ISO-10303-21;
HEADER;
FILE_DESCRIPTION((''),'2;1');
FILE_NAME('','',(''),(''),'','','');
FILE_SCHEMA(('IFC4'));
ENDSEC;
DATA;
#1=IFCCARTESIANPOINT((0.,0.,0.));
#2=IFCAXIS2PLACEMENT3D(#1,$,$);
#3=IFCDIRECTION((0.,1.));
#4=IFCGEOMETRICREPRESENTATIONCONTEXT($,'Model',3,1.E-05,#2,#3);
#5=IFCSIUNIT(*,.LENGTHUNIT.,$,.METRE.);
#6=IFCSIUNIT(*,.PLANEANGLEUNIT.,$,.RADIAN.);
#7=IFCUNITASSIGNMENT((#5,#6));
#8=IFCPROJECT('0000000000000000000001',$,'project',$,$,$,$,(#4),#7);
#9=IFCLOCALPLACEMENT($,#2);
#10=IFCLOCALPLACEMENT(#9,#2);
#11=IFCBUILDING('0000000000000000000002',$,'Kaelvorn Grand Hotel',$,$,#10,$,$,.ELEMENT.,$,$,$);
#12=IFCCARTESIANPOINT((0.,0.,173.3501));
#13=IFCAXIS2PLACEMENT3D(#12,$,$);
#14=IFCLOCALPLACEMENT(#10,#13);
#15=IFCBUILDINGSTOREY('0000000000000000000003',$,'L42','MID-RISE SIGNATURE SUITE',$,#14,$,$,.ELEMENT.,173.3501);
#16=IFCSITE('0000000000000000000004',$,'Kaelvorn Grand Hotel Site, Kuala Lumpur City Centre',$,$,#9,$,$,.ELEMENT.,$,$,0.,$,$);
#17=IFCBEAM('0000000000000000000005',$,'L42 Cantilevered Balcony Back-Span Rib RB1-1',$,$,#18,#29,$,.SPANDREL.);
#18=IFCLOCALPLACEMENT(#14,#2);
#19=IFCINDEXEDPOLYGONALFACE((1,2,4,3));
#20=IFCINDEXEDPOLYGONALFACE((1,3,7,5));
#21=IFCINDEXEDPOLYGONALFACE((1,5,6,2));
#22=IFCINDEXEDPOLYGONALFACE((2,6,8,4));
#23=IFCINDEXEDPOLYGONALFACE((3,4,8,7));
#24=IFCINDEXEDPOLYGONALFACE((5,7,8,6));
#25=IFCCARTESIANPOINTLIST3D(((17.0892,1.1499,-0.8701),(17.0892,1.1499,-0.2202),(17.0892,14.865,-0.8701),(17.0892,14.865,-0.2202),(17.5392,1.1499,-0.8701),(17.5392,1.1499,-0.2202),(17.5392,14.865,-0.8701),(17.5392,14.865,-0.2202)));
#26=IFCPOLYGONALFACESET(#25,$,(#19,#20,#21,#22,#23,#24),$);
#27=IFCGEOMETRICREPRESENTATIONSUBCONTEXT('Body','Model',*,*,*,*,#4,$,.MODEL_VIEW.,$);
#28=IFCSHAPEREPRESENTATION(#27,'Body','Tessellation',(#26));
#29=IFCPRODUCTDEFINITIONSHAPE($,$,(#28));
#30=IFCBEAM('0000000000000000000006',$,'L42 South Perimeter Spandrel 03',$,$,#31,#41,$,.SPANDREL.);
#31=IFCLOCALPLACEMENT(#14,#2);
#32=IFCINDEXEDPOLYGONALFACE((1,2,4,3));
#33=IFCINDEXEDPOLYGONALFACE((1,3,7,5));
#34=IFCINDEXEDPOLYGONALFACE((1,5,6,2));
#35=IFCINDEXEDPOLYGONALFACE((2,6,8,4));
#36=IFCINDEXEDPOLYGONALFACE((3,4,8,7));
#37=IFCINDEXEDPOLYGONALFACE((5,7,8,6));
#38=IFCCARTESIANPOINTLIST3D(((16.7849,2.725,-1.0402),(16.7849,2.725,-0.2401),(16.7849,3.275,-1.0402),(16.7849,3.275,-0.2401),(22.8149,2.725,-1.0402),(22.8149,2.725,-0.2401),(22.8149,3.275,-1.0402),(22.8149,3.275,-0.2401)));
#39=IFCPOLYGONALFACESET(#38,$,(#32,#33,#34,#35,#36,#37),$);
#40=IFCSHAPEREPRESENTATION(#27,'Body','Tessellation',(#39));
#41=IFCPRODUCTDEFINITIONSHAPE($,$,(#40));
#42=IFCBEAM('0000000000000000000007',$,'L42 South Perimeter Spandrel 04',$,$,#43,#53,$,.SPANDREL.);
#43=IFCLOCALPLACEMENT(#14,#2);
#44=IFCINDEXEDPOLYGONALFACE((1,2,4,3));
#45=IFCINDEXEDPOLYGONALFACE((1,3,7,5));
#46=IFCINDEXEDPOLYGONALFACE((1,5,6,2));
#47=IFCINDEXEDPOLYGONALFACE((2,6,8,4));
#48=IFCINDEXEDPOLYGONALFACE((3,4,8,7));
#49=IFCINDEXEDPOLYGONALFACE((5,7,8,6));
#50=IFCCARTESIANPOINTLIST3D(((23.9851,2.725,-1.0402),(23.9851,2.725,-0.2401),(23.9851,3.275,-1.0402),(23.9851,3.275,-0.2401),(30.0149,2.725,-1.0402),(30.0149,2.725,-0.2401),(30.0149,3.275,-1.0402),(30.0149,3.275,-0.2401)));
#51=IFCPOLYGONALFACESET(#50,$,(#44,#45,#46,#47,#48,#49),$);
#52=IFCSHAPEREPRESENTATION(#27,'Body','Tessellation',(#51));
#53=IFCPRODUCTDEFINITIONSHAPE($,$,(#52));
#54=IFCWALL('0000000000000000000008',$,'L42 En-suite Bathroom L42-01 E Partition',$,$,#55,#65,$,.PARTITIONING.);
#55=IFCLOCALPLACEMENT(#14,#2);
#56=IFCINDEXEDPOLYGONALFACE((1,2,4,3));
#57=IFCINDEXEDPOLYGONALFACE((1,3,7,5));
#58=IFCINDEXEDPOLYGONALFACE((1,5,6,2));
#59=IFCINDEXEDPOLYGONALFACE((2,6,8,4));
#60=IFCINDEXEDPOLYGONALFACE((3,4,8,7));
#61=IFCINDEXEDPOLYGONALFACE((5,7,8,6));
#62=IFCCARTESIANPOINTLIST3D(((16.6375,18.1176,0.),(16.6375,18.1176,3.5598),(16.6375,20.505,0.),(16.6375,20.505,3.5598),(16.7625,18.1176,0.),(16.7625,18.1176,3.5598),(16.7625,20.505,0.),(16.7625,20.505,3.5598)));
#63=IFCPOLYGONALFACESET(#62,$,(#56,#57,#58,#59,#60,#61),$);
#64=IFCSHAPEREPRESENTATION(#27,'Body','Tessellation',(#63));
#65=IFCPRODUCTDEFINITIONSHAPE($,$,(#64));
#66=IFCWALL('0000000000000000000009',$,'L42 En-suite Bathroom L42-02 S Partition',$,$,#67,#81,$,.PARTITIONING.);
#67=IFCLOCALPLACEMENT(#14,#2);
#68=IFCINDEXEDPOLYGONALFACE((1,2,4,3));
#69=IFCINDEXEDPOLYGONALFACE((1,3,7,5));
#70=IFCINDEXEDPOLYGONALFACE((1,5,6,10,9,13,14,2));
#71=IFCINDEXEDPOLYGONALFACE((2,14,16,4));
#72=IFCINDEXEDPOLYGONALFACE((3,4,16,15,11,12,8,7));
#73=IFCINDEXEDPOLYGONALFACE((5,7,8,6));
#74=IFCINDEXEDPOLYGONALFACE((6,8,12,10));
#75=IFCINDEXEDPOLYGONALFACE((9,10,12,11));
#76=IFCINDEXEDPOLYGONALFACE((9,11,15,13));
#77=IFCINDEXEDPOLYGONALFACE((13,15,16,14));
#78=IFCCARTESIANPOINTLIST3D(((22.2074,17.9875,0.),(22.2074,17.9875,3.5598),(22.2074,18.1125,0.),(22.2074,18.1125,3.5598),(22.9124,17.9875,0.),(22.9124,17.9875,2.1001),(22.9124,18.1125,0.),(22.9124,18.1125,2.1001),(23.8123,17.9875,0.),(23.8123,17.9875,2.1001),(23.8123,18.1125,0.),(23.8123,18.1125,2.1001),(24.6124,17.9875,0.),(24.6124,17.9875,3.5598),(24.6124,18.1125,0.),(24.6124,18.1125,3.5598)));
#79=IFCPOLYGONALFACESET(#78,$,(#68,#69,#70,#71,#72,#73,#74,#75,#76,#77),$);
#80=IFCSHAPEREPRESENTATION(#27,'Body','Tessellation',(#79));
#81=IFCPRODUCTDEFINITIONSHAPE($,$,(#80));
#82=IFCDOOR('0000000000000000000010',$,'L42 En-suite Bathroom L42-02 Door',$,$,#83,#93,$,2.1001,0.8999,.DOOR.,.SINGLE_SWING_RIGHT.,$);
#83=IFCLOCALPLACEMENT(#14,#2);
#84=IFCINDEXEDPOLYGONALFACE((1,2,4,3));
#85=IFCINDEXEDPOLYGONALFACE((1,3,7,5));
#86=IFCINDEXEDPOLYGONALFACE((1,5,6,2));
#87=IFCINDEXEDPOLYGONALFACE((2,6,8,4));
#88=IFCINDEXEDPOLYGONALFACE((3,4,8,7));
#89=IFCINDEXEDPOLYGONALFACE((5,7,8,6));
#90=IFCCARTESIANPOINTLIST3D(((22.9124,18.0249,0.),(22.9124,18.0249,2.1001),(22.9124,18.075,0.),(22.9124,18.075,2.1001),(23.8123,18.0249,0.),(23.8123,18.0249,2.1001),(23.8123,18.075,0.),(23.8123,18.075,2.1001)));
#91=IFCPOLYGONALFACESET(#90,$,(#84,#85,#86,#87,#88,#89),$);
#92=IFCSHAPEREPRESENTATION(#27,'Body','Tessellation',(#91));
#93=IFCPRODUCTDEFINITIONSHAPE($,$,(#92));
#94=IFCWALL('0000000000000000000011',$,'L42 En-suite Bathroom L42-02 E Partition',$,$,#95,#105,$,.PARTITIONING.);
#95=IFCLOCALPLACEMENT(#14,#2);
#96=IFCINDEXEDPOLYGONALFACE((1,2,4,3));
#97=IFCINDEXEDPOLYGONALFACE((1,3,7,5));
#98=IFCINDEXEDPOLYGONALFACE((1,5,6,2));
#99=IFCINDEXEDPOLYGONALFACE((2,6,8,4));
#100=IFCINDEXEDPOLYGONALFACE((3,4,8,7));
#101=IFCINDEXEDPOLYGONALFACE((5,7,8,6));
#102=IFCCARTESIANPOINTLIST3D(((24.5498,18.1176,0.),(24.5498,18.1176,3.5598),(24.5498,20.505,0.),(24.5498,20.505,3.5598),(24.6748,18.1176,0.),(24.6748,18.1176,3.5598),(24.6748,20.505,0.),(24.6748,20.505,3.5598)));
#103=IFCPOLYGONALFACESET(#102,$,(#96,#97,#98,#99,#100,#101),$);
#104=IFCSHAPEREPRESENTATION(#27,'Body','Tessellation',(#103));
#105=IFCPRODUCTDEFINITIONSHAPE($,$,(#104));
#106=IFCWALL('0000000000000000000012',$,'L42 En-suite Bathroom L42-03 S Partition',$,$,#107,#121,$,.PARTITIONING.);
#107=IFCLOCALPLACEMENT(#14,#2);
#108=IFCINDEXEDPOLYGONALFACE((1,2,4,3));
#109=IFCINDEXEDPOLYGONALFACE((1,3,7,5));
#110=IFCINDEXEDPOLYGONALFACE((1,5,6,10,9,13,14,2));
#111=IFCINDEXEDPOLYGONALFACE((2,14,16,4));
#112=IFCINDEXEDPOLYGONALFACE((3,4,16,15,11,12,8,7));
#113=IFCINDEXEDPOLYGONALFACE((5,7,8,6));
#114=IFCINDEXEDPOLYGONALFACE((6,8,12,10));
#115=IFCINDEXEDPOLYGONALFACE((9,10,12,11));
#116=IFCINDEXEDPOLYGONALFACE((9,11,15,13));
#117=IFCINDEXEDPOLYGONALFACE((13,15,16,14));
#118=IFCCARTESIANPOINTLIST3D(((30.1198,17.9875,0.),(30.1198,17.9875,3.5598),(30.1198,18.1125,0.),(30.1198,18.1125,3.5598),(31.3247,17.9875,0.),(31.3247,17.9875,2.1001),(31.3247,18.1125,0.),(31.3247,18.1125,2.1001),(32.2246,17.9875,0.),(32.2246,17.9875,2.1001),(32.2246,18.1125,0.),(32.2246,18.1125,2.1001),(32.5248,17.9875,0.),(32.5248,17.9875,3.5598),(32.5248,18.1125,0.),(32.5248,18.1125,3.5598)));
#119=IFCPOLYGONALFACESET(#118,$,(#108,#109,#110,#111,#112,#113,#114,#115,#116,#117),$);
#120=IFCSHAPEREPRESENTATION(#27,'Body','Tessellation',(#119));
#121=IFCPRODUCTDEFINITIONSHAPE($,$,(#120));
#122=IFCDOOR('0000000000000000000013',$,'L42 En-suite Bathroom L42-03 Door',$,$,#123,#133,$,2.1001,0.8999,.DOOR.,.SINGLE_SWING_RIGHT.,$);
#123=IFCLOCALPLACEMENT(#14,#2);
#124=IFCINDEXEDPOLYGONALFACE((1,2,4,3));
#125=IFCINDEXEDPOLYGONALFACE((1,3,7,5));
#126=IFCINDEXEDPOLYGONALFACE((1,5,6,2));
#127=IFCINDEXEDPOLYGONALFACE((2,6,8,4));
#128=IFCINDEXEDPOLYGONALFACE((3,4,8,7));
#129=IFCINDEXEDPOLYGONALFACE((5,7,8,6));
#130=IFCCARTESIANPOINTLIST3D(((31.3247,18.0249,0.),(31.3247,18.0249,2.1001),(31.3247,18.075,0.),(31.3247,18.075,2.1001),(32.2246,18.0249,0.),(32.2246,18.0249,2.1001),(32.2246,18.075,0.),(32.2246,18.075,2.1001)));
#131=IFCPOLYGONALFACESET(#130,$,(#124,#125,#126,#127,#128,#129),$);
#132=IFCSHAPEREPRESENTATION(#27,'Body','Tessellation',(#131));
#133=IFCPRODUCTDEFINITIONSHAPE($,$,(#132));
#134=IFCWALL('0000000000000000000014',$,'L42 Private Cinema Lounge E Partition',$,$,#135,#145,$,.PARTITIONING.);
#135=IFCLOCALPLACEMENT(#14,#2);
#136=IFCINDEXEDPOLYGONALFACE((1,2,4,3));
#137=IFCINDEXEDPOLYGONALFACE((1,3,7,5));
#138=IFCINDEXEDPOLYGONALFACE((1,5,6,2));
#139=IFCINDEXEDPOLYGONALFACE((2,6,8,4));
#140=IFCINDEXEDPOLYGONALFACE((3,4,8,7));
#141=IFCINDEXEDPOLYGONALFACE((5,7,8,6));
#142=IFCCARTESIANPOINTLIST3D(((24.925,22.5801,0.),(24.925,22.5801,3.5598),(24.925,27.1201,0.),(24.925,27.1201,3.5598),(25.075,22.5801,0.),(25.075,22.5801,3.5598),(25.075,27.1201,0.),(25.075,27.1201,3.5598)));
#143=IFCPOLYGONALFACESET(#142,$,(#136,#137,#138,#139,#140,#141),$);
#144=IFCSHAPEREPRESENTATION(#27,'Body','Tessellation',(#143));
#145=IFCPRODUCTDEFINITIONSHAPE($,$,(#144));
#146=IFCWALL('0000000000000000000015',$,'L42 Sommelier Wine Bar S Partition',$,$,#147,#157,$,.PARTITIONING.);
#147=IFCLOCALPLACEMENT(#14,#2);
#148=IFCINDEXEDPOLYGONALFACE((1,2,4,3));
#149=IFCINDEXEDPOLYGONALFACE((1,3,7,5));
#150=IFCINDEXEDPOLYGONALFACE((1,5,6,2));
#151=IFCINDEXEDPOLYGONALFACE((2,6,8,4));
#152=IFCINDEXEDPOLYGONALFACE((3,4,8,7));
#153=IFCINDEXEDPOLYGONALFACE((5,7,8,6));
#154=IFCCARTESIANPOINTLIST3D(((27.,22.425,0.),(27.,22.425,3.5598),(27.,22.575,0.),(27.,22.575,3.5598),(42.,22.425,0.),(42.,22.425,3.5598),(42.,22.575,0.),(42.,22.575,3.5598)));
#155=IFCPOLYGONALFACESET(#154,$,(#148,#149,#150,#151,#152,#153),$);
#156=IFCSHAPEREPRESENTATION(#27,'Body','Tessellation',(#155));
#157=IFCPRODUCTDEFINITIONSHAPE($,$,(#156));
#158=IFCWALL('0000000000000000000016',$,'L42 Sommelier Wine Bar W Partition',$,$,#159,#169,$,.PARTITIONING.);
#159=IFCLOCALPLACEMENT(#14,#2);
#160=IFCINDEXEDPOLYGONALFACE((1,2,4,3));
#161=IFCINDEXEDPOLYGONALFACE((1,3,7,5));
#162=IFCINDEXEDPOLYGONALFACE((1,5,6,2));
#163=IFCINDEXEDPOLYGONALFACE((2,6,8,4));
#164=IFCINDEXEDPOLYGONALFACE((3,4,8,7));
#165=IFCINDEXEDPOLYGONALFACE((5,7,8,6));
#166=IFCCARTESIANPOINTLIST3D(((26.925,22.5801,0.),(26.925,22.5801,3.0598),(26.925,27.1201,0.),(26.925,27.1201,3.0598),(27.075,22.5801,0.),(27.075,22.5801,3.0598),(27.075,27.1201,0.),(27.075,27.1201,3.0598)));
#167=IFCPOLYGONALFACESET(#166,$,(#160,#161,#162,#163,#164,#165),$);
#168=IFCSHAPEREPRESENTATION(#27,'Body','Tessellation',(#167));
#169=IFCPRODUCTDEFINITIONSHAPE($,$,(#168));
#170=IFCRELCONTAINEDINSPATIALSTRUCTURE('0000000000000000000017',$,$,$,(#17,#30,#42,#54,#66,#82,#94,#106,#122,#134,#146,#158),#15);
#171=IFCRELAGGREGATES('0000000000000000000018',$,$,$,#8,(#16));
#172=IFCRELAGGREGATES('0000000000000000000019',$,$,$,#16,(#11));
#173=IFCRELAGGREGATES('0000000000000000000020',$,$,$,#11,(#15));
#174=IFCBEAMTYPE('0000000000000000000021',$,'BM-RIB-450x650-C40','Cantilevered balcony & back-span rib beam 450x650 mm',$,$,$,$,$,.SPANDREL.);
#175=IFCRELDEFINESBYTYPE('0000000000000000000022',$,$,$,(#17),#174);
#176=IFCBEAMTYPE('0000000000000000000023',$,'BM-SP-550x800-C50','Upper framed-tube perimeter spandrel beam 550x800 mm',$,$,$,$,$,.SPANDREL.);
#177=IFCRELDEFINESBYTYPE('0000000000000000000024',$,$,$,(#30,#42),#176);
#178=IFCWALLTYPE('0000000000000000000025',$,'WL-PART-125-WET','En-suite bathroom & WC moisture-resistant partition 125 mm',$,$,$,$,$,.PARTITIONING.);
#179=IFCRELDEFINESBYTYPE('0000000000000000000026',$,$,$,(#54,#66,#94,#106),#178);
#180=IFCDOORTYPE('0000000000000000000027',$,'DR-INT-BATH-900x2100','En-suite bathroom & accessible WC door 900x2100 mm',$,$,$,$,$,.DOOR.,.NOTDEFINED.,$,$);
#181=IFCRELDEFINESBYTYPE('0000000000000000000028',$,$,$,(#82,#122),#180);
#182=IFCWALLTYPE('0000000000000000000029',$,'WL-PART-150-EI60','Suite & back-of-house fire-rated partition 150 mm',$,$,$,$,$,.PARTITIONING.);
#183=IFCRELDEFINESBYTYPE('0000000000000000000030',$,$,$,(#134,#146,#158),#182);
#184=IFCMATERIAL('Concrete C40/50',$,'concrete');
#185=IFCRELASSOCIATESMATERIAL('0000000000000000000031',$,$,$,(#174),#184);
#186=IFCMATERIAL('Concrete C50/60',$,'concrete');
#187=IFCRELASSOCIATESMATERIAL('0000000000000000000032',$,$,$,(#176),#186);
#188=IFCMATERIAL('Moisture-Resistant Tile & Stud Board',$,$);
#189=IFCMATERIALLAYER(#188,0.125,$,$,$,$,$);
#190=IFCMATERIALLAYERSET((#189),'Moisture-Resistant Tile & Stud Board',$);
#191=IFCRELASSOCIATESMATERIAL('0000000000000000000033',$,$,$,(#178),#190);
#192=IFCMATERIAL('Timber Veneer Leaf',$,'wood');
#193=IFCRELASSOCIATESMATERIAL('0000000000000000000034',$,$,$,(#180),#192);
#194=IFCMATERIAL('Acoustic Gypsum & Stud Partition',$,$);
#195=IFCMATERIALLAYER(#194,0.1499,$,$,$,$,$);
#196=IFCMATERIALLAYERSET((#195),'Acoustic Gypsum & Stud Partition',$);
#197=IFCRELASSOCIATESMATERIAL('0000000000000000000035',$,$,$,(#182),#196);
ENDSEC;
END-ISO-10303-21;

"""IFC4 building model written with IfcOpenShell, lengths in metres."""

from ifc_helpers import new_model, si_unit, direction, frame, frame_2d, origin, origin_2d, place, context, subcontext, project, spatial, rectangle, extrude, material, layer, layer_set, material_profile, profile_set, type_object, element, fill, save


model = new_model("IFC4")

# Units and contexts
model_context = context("Model", 3, precision=1e-05, world=origin(), true_north=direction((0.0, 1.0)))
body_context = subcontext(model_context, "Body", "Model", "MODEL_VIEW")
ifc_project = project(units=[si_unit("LENGTHUNIT", "METRE"), si_unit("PLANEANGLEUNIT", "RADIAN")], contexts=[model_context])

# Site, building, storey
site_placement = place(None, origin())
site = spatial("IfcSite", under=ifc_project, at=site_placement, Name="Kaelvorn Grand Hotel Site, Kuala Lumpur City Centre", CompositionType="ELEMENT", RefElevation=0.0)
building_placement = place(site_placement, origin())
building = spatial("IfcBuilding", under=site, at=building_placement, Name="Kaelvorn Grand Hotel", CompositionType="ELEMENT")
storey_placement = place(building_placement, frame((0.0, 0.0, 173.3501)))
storey = spatial("IfcBuildingStorey", under=building, at=storey_placement, Name="L42", Description="MID-RISE SIGNATURE SUITE", CompositionType="ELEMENT", Elevation=173.3501)

# Beams
ifc_material_1 = material(Name="Concrete C40/50", Category="concrete")
ifc_material_profile_1 = material_profile(ifc_material_1, rectangle(XDim=0.45, YDim=0.6499, at=origin_2d()), Name="RC RIB 450x650")
ifc_profile_set_1 = profile_set([ifc_material_profile_1], Name="Concrete C40/50")
beam_type_1 = type_object("IfcBeamType", Name="BM-RIB-450x650-C40", Description="Cantilevered balcony & back-span rib beam 450x650 mm", PredefinedType="SPANDREL", material=ifc_profile_set_1)
beam_1_placement = place(storey_placement, frame((17.3142, 1.1499, -0.5452), z_axis=(0.0, 1.0, 0.0), x_axis=(-1.0, 0.0, 0.0)))
element("IfcBeam", 1, at=beam_1_placement, inside=storey, type_object=beam_type_1, Name="L42 Cantilevered Balcony Back-Span Rib RB1-1", PredefinedType="SPANDREL", context=body_context, shape_type="SweptSolid", body=[
    extrude(rectangle(XDim=0.45, YDim=0.6499, at=origin_2d()), origin(), (0.0, 0.0, 1.0), 13.7151),
])
ifc_material_2 = material(Name="Concrete C50/60", Category="concrete")
ifc_material_profile_2 = material_profile(ifc_material_2, rectangle(XDim=0.55, YDim=0.8, at=origin_2d()), Name="RC SPANDREL 550x800")
ifc_profile_set_2 = profile_set([ifc_material_profile_2], Name="Concrete C50/60")
beam_type_2 = type_object("IfcBeamType", Name="BM-SP-550x800-C50", Description="Upper framed-tube perimeter spandrel beam 550x800 mm", PredefinedType="SPANDREL", material=ifc_profile_set_2)
beam_2_placement = place(storey_placement, frame((16.7849, 3.0, -0.6401), z_axis=(1.0, 0.0, 0.0), x_axis=(0.0, 1.0, 0.0)))
element("IfcBeam", 2, at=beam_2_placement, inside=storey, type_object=beam_type_2, Name="L42 South Perimeter Spandrel 03", PredefinedType="SPANDREL", context=body_context, shape_type="SweptSolid", body=[
    extrude(rectangle(XDim=0.55, YDim=0.8, at=origin_2d()), origin(), (0.0, 0.0, 1.0), 6.03),
])
beam_3_placement = place(storey_placement, frame((23.9851, 3.0, -0.6401), z_axis=(1.0, 0.0, 0.0), x_axis=(0.0, 1.0, 0.0)))
element("IfcBeam", 3, at=beam_3_placement, inside=storey, type_object=beam_type_2, Name="L42 South Perimeter Spandrel 04", PredefinedType="SPANDREL", context=body_context, shape_type="SweptSolid", body=[
    extrude(rectangle(XDim=0.55, YDim=0.8, at=origin_2d()), origin(), (0.0, 0.0, 1.0), 6.0298),
])

# Wall
ifc_material_3 = material(Name="Moisture-Resistant Tile & Stud Board")
ifc_layer_1 = layer(ifc_material_3, 0.125)
ifc_layer_set_1 = layer_set([ifc_layer_1], Name="Moisture-Resistant Tile & Stud Board")
wall_type_1 = type_object("IfcWallType", Name="WL-PART-125-WET", Description="En-suite bathroom & WC moisture-resistant partition 125 mm", PredefinedType="PARTITIONING", material=ifc_layer_set_1)
wall_1_placement = place(storey_placement, frame((16.7, 18.1174, 0.0), z_axis=(0.0, 0.0, 1.0), x_axis=(0.0, 1.0, 0.0)))
element("IfcWall", 4, at=wall_1_placement, inside=storey, type_object=wall_type_1, Name="L42 En-suite Bathroom L42-01 E Partition", PredefinedType="PARTITIONING", context=body_context, shape_type="SweptSolid", body=[
    extrude(rectangle(XDim=2.3875, YDim=0.125, at=frame_2d((1.1938, 0.0))), origin(), (0.0, 0.0, 1.0), 3.5598),
])

# Wall, opening, door
wall_2_placement = place(storey_placement, frame((22.2073, 18.05, 0.0), z_axis=(0.0, 0.0, 1.0), x_axis=(1.0, 0.0, 0.0)))
wall_2 = element("IfcWall", 5, at=wall_2_placement, inside=storey, type_object=wall_type_1, Name="L42 En-suite Bathroom L42-02 S Partition", PredefinedType="PARTITIONING", context=body_context, shape_type="SweptSolid", body=[
    extrude(rectangle(XDim=2.405, YDim=0.125, at=frame_2d((1.2026, 0.0))), origin(), (0.0, 0.0, 1.0), 3.5598),
])
opening_1_placement = place(wall_2_placement, frame((0.7051, 0.0, 0.0)))
opening_1 = element("IfcOpeningElement", 6, at=opening_1_placement, cuts=wall_2, PredefinedType="OPENING", context=body_context, shape_type="SweptSolid", body=[
    extrude(rectangle(XDim=0.8999, YDim=2.1001, at=frame_2d((0.45, 1.05))), frame((0.0, 0.0725, 0.0), z_axis=(0.0, -1.0, 0.0), x_axis=(1.0, 0.0, 0.0)), (0.0, 0.0, 1.0), 0.145),
])
ifc_material_4 = material(Name="Timber Veneer Leaf", Category="wood")
door_type_1 = type_object("IfcDoorType", Name="DR-INT-BATH-900x2100", Description="En-suite bathroom & accessible WC door 900x2100 mm", OperationType="NOTDEFINED", PredefinedType="DOOR", material=ifc_material_4)
door_1_placement = place(opening_1_placement, origin())
door_1 = element("IfcDoor", 7, at=door_1_placement, inside=storey, type_object=door_type_1, Name="L42 En-suite Bathroom L42-02 Door", OperationType="SINGLE_SWING_RIGHT", OverallHeight=2.1001, OverallWidth=0.8999, PredefinedType="DOOR", context=body_context, shape_type="SweptSolid", body=[
    extrude(rectangle(XDim=0.8999, YDim=2.1001, at=frame_2d((0.45, 1.05))), frame((0.0, 0.0249, 0.0), z_axis=(0.0, -1.0, 0.0), x_axis=(1.0, 0.0, 0.0)), (0.0, 0.0, 1.0), 0.05),
])
fill(opening_1, door_1)

# Wall
wall_3_placement = place(storey_placement, frame((24.6123, 18.1174, 0.0), z_axis=(0.0, 0.0, 1.0), x_axis=(0.0, 1.0, 0.0)))
element("IfcWall", 8, at=wall_3_placement, inside=storey, type_object=wall_type_1, Name="L42 En-suite Bathroom L42-02 E Partition", PredefinedType="PARTITIONING", context=body_context, shape_type="SweptSolid", body=[
    extrude(rectangle(XDim=2.3875, YDim=0.125, at=frame_2d((1.1938, 0.0))), origin(), (0.0, 0.0, 1.0), 3.5598),
])

# Wall, opening, door
wall_4_placement = place(storey_placement, frame((30.1196, 18.05, 0.0), z_axis=(0.0, 0.0, 1.0), x_axis=(1.0, 0.0, 0.0)))
wall_4 = element("IfcWall", 9, at=wall_4_placement, inside=storey, type_object=wall_type_1, Name="L42 En-suite Bathroom L42-03 S Partition", PredefinedType="PARTITIONING", context=body_context, shape_type="SweptSolid", body=[
    extrude(rectangle(XDim=2.405, YDim=0.125, at=frame_2d((1.2026, 0.0))), origin(), (0.0, 0.0, 1.0), 3.5598),
])
opening_2_placement = place(wall_4_placement, frame((1.2051, 0.0, 0.0)))
opening_2 = element("IfcOpeningElement", 10, at=opening_2_placement, cuts=wall_4, PredefinedType="OPENING", context=body_context, shape_type="SweptSolid", body=[
    extrude(rectangle(XDim=0.8999, YDim=2.1001, at=frame_2d((0.45, 1.05))), frame((0.0, 0.0725, 0.0), z_axis=(0.0, -1.0, 0.0), x_axis=(1.0, 0.0, 0.0)), (0.0, 0.0, 1.0), 0.145),
])
door_2_placement = place(opening_2_placement, origin())
door_2 = element("IfcDoor", 11, at=door_2_placement, inside=storey, type_object=door_type_1, Name="L42 En-suite Bathroom L42-03 Door", OperationType="SINGLE_SWING_RIGHT", OverallHeight=2.1001, OverallWidth=0.8999, PredefinedType="DOOR", context=body_context, shape_type="SweptSolid", body=[
    extrude(rectangle(XDim=0.8999, YDim=2.1001, at=frame_2d((0.45, 1.05))), frame((0.0, 0.0249, 0.0), z_axis=(0.0, -1.0, 0.0), x_axis=(1.0, 0.0, 0.0)), (0.0, 0.0, 1.0), 0.05),
])
fill(opening_2, door_2)

# Walls
ifc_material_5 = material(Name="Acoustic Gypsum & Stud Partition")
ifc_layer_2 = layer(ifc_material_5, 0.1499)
ifc_layer_set_2 = layer_set([ifc_layer_2], Name="Acoustic Gypsum & Stud Partition")
wall_type_2 = type_object("IfcWallType", Name="WL-PART-150-EI60", Description="Suite & back-of-house fire-rated partition 150 mm", PredefinedType="PARTITIONING", material=ifc_layer_set_2)
wall_5_placement = place(storey_placement, frame((25.0, 22.5801, 0.0), z_axis=(0.0, 0.0, 1.0), x_axis=(0.0, 1.0, 0.0)))
element("IfcWall", 12, at=wall_5_placement, inside=storey, type_object=wall_type_2, Name="L42 Private Cinema Lounge E Partition", PredefinedType="PARTITIONING", context=body_context, shape_type="SweptSolid", body=[
    extrude(rectangle(XDim=4.54, YDim=0.1499, at=frame_2d((2.27, 0.0))), origin(), (0.0, 0.0, 1.0), 3.5598),
])
wall_6_placement = place(storey_placement, frame((27.0, 22.5, 0.0), z_axis=(0.0, 0.0, 1.0), x_axis=(1.0, 0.0, 0.0)))
element("IfcWall", 13, at=wall_6_placement, inside=storey, type_object=wall_type_2, Name="L42 Sommelier Wine Bar S Partition", PredefinedType="PARTITIONING", context=body_context, shape_type="SweptSolid", body=[
    extrude(rectangle(XDim=15.0, YDim=0.1499, at=frame_2d((7.5, 0.0))), origin(), (0.0, 0.0, 1.0), 3.5598),
])
wall_7_placement = place(storey_placement, frame((27.0, 22.5801, 0.0), z_axis=(0.0, 0.0, 1.0), x_axis=(0.0, 1.0, 0.0)))
element("IfcWall", 14, at=wall_7_placement, inside=storey, type_object=wall_type_2, Name="L42 Sommelier Wine Bar W Partition", PredefinedType="PARTITIONING", context=body_context, shape_type="SweptSolid", body=[
    extrude(rectangle(XDim=4.54, YDim=0.1499, at=frame_2d((2.27, 0.0))), origin(), (0.0, 0.0, 1.0), 3.0598),
])

save(model, "model.ifc")
